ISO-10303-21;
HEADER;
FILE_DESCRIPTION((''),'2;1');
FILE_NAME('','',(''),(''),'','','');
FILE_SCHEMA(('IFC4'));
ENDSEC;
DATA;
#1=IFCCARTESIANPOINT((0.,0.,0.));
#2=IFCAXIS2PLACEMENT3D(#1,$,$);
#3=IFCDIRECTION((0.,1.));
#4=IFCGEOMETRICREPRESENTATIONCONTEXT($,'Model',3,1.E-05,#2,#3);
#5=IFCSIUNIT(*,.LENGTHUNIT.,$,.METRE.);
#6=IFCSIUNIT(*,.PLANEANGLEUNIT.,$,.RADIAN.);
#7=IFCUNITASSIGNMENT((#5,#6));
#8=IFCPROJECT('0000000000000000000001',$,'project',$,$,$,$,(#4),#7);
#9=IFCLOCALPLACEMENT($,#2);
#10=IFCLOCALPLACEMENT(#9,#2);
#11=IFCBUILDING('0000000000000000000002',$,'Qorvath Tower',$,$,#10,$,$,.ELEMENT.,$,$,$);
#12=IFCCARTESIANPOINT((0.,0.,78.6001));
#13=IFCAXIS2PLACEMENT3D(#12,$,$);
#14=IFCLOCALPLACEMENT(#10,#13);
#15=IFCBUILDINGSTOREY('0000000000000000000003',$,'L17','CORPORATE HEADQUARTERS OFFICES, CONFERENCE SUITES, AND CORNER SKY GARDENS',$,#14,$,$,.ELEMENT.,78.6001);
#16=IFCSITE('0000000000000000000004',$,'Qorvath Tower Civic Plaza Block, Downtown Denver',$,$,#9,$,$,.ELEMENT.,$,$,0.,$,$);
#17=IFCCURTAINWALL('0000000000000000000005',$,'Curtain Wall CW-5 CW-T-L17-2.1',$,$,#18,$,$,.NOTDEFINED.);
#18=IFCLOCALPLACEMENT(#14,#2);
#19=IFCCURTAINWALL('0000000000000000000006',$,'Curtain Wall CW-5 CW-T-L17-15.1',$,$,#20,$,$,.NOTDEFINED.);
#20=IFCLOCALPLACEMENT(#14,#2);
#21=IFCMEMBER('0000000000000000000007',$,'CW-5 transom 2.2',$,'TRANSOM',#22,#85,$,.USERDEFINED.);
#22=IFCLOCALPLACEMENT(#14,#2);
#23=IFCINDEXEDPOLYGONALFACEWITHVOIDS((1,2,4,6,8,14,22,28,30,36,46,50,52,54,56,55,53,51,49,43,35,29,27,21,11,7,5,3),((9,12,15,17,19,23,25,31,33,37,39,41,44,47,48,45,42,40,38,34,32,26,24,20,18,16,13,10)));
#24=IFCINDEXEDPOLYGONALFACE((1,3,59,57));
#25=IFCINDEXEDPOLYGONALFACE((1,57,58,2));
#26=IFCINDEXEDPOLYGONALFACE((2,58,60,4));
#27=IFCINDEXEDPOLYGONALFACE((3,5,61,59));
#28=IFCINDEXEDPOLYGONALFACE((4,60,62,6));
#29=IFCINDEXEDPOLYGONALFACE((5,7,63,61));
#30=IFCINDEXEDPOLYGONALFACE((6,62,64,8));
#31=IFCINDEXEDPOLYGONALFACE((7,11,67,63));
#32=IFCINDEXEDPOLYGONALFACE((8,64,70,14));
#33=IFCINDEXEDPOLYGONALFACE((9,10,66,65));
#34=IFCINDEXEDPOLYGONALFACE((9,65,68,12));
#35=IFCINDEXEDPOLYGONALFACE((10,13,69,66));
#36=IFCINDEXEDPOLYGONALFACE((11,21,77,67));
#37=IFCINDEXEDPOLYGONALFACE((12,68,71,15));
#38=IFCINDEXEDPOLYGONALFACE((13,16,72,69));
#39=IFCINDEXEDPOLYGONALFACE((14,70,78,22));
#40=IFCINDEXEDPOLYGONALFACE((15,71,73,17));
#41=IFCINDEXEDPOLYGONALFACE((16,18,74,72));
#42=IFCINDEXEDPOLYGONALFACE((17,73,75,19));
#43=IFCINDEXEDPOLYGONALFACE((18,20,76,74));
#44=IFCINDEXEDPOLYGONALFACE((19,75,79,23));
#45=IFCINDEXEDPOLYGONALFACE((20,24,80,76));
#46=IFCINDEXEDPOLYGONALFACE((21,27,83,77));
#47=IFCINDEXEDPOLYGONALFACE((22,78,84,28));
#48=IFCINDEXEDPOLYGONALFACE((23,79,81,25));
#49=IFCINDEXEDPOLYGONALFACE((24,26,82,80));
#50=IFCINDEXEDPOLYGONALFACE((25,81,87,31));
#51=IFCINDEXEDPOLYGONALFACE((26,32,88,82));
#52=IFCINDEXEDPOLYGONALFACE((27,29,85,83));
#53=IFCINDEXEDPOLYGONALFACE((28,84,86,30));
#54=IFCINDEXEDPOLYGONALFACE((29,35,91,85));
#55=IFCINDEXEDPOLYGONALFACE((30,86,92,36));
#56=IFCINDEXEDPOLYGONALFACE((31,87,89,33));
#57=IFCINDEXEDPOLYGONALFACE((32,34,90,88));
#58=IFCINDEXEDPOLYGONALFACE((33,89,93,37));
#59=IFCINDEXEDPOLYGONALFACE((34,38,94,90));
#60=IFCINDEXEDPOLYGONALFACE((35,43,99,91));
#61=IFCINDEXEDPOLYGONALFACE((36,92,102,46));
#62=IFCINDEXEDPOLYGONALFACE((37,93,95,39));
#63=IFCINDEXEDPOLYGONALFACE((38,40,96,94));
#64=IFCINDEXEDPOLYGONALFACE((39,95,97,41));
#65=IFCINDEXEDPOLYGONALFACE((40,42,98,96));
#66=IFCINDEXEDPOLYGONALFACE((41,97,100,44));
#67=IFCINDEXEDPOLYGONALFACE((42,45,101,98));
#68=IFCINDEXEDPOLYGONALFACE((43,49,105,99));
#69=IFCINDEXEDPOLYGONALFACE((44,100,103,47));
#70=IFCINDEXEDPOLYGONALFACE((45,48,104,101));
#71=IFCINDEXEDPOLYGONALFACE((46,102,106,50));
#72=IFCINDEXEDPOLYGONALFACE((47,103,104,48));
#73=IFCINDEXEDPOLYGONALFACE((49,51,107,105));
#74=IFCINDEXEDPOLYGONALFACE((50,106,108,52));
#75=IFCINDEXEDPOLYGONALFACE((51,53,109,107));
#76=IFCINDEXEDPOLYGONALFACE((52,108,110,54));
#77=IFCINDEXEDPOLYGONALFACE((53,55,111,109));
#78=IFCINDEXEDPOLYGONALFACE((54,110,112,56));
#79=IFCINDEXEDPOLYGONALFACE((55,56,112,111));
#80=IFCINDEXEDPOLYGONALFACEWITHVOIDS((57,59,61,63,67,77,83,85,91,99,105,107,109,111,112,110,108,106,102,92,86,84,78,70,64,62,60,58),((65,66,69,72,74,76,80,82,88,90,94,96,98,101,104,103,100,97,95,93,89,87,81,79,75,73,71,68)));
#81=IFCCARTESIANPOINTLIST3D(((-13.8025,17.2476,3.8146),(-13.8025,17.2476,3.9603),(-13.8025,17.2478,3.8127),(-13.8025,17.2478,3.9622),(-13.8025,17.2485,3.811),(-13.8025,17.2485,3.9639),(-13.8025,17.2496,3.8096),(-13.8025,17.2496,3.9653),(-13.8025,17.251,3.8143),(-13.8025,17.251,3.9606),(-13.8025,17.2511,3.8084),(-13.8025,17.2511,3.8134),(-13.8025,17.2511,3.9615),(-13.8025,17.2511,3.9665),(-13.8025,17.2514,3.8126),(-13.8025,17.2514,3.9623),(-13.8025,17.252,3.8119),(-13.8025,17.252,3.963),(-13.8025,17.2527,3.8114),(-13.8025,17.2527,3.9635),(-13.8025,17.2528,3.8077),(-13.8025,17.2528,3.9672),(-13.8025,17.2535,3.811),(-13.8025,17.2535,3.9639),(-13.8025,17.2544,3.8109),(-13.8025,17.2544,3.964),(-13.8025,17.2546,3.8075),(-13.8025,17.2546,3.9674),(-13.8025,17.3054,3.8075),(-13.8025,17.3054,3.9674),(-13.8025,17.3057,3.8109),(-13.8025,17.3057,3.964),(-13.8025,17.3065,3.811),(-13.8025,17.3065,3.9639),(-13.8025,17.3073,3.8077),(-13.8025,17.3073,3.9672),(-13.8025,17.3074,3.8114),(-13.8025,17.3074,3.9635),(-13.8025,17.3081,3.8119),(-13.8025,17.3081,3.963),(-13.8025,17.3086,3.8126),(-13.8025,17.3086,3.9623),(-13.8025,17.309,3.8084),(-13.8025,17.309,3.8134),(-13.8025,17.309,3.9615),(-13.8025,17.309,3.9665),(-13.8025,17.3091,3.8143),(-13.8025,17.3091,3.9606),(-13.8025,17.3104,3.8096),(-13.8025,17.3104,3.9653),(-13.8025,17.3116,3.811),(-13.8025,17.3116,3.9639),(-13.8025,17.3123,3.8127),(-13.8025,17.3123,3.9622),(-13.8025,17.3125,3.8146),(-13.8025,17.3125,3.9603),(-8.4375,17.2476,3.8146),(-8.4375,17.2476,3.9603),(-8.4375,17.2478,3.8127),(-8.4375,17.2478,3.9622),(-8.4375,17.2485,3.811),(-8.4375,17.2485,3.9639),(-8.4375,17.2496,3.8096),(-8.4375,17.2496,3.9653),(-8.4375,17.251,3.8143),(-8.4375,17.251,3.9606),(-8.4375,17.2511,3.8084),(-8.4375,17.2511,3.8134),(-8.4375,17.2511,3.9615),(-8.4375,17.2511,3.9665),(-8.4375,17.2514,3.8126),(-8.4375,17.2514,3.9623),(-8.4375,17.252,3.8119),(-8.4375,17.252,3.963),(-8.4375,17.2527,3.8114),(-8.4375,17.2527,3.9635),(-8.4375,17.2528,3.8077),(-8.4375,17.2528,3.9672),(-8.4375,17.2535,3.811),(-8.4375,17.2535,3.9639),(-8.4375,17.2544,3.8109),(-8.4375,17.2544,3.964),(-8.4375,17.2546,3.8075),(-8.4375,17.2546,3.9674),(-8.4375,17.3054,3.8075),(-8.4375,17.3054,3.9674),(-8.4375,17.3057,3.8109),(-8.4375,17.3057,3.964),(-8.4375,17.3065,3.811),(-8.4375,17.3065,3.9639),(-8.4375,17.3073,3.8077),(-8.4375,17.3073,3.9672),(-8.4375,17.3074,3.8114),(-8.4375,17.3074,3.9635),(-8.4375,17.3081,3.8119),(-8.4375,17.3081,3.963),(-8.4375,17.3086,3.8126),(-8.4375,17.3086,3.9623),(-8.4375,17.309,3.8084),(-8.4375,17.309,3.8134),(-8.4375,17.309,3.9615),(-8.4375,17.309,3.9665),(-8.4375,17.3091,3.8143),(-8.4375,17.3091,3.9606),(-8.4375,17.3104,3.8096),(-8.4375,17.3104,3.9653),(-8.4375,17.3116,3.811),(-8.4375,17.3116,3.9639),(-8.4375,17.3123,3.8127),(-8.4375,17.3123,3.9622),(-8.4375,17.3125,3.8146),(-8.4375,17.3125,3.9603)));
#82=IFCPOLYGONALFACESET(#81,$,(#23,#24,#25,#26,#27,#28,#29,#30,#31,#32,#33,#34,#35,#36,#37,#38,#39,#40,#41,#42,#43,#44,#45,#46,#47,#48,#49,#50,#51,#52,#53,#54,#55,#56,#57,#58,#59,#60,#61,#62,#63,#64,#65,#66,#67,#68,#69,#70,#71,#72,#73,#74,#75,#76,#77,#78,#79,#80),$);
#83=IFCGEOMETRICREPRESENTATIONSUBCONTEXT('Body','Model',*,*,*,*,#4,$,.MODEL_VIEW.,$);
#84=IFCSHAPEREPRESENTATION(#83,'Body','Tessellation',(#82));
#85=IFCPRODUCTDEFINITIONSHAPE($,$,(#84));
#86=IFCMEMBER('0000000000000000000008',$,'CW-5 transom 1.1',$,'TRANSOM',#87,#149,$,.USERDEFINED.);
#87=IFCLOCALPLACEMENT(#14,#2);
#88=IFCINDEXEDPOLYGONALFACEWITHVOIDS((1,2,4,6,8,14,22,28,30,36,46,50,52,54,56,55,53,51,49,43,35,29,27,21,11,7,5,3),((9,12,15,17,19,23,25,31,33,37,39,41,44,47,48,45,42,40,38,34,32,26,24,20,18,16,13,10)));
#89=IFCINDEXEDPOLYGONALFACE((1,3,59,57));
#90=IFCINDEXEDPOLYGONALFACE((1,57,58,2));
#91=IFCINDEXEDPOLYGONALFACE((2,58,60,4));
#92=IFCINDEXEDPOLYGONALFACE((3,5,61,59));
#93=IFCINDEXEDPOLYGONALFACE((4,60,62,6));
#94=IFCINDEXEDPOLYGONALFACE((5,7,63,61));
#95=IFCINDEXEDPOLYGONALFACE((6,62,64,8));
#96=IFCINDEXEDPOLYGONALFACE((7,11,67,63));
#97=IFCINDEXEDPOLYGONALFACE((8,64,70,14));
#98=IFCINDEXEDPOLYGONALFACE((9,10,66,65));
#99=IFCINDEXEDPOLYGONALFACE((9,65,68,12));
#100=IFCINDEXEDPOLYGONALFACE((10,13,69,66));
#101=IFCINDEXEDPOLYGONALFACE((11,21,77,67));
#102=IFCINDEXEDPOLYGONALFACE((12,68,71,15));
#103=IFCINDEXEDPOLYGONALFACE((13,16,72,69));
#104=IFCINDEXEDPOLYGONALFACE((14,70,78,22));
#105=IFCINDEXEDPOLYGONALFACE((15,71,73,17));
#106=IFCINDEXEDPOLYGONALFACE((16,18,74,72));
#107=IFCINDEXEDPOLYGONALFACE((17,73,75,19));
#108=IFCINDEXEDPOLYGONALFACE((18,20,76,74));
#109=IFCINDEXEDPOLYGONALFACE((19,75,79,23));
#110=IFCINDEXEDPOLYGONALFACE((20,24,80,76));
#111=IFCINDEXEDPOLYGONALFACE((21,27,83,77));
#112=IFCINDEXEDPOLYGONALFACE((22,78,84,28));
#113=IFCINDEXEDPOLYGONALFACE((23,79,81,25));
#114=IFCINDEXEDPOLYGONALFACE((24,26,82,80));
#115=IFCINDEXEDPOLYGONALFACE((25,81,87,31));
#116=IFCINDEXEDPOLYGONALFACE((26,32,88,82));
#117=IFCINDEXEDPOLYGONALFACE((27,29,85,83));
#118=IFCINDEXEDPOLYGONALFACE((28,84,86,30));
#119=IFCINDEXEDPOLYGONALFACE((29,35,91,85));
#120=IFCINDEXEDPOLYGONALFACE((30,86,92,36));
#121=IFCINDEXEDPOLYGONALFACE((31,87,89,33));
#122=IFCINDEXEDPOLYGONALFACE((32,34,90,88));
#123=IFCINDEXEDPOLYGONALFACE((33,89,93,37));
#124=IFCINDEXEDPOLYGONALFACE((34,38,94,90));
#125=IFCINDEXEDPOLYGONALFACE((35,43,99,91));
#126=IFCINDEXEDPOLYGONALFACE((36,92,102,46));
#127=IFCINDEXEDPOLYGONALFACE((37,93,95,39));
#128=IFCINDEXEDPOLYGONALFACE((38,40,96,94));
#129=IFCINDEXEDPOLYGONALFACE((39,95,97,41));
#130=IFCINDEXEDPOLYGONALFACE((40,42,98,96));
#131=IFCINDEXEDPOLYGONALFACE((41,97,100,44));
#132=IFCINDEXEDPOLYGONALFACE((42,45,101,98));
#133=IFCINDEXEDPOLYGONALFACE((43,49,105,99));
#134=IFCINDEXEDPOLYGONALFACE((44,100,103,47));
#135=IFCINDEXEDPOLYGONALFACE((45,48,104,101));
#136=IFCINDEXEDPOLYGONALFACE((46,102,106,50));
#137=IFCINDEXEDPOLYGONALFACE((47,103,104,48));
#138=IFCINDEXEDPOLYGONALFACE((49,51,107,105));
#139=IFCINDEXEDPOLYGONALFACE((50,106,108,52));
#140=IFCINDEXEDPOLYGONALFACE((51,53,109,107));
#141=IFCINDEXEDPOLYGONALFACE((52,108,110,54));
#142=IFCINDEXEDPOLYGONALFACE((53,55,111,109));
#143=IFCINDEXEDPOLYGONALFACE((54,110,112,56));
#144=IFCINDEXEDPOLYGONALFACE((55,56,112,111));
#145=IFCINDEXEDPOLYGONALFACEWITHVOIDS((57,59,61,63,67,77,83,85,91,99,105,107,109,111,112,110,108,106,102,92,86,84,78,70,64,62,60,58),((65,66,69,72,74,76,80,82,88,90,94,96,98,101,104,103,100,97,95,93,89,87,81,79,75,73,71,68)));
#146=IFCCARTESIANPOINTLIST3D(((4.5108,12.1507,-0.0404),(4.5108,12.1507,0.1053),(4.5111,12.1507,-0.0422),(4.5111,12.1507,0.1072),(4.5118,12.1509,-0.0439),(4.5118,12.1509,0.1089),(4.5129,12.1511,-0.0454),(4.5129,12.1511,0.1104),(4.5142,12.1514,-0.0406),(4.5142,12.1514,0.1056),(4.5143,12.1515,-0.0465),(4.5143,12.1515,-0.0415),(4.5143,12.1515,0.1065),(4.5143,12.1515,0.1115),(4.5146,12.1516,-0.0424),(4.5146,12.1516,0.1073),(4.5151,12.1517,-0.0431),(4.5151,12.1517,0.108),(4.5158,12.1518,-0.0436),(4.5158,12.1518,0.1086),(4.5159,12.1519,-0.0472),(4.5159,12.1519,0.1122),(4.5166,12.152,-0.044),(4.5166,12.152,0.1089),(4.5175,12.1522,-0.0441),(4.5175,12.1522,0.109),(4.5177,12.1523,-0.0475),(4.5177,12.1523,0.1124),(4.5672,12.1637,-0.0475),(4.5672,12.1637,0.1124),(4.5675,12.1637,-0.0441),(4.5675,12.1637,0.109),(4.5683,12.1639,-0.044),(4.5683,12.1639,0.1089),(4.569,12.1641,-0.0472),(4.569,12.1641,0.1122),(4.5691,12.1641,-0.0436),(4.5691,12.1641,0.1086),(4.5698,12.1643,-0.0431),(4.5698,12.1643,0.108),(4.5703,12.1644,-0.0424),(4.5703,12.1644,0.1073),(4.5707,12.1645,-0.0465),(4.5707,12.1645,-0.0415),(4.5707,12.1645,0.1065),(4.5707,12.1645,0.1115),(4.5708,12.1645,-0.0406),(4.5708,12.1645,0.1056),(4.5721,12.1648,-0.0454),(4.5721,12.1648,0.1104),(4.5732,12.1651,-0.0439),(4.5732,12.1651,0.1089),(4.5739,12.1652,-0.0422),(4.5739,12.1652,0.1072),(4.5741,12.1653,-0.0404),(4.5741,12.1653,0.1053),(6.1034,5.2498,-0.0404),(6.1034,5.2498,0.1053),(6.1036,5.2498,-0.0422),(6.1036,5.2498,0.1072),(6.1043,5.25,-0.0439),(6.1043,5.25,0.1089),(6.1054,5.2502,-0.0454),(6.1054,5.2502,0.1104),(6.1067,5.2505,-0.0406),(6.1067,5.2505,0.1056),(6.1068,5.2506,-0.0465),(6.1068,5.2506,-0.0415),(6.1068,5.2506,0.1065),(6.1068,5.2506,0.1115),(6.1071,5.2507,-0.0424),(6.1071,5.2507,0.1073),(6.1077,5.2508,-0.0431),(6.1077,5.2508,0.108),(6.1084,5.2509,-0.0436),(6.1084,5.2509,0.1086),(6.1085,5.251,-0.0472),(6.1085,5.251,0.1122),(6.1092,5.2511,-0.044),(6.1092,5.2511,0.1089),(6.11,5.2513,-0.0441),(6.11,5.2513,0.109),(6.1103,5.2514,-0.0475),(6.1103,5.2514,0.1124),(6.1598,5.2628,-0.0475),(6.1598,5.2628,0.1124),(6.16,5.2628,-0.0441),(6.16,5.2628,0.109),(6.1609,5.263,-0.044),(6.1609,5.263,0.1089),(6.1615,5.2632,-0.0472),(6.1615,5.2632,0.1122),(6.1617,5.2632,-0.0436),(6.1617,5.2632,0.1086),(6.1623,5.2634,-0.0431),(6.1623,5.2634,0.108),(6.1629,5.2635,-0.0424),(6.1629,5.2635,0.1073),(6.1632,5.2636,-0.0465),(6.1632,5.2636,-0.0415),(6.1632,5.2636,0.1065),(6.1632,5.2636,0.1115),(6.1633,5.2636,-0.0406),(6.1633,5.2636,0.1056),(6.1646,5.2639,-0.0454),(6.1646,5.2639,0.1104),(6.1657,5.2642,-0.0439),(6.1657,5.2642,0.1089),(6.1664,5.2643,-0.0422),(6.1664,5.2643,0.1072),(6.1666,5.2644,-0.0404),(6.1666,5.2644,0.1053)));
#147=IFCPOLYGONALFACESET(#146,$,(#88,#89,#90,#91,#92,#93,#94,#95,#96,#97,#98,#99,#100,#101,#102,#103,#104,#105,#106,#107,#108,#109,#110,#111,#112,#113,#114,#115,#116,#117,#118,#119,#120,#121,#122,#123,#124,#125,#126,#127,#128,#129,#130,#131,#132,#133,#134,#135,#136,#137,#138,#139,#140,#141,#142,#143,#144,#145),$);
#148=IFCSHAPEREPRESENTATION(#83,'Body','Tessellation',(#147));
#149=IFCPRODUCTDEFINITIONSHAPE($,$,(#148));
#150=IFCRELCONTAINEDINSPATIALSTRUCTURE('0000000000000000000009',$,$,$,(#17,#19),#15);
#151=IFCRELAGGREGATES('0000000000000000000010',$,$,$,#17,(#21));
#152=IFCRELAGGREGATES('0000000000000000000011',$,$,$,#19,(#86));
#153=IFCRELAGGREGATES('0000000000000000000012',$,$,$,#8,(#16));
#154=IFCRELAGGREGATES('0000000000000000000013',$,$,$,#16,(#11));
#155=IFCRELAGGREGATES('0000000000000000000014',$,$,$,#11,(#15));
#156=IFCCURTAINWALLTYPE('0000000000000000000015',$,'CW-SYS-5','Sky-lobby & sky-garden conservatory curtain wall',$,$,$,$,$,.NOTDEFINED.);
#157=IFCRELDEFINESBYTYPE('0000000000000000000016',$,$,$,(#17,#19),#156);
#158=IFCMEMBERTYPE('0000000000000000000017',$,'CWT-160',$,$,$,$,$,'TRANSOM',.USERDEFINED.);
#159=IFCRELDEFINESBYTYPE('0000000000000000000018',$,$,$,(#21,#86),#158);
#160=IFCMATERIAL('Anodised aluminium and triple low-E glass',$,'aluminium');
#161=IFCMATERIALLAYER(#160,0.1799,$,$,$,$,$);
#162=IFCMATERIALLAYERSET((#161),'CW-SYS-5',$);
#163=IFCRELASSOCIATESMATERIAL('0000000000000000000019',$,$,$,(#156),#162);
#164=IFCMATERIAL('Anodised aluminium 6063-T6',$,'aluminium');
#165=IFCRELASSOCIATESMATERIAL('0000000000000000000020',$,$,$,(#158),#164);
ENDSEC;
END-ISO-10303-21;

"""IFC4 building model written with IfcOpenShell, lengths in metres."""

from ifc_helpers import new_model, si_unit, direction, frame, origin, origin_2d, place, context, subcontext, project, spatial, hollow_rectangle, extrude, material, layer, layer_set, material_profile, profile_set, type_object, element, aggregate, save


model = new_model("IFC4")

# Units and contexts
model_context = context("Model", 3, precision=1e-05, world=origin(), true_north=direction((0.0, 1.0)))
body_context = subcontext(model_context, "Body", "Model", "MODEL_VIEW")
ifc_project = project(units=[si_unit("LENGTHUNIT", "METRE"), si_unit("PLANEANGLEUNIT", "RADIAN")], contexts=[model_context])

# Site, building, storey
site_placement = place(None, origin())
site = spatial("IfcSite", under=ifc_project, at=site_placement, Name="Qorvath Tower Civic Plaza Block, Downtown Denver", CompositionType="ELEMENT", RefElevation=0.0)
building_placement = place(site_placement, origin())
building = spatial("IfcBuilding", under=site, at=building_placement, Name="Qorvath Tower", CompositionType="ELEMENT")
storey_placement = place(building_placement, frame((0.0, 0.0, 78.6001)))
storey = spatial("IfcBuildingStorey", under=building, at=storey_placement, Name="L17", Description="CORPORATE HEADQUARTERS OFFICES, CONFERENCE SUITES, AND CORNER SKY GARDENS", CompositionType="ELEMENT", Elevation=78.6001)

# Curtain wall
ifc_material_1 = material(Name="Anodised aluminium and triple low-E glass", Category="aluminium")
ifc_layer_1 = layer(ifc_material_1, 0.1799)
ifc_layer_set_1 = layer_set([ifc_layer_1], Name="CW-SYS-5")
curtain_wall_type = type_object("IfcCurtainWallType", Name="CW-SYS-5", Description="Sky-lobby & sky-garden conservatory curtain wall", PredefinedType="NOTDEFINED", material=ifc_layer_set_1)
curtain_wall_1_placement = place(storey_placement, origin())
curtain_wall_1 = element("IfcCurtainWall", 1, at=curtain_wall_1_placement, inside=storey, type_object=curtain_wall_type, Name="Curtain Wall CW-5 CW-T-L17-2.1", PredefinedType="NOTDEFINED")

# Curtain wall
curtain_wall_2_placement = place(storey_placement, origin())
curtain_wall_2 = element("IfcCurtainWall", 2, at=curtain_wall_2_placement, inside=storey, type_object=curtain_wall_type, Name="Curtain Wall CW-5 CW-T-L17-15.1", PredefinedType="NOTDEFINED")

# Members
ifc_material_2 = material(Name="Anodised aluminium 6063-T6", Category="aluminium")
ifc_material_profile_1 = material_profile(ifc_material_2, hollow_rectangle(XDim=0.0649, YDim=0.1599, WallThickness=0.0034, InnerFilletRadius=0.0034, OuterFilletRadius=0.0071, at=origin_2d()), Name="CWT 160x65")
ifc_profile_set_1 = profile_set([ifc_material_profile_1], Name="Anodised aluminium 6063-T6")
member_type_1 = type_object("IfcMemberType", Name="CWT-160", ElementType="TRANSOM", PredefinedType="USERDEFINED", material=ifc_profile_set_1)
member_1_placement = place(storey_placement, frame((-8.4375, 17.28, 3.8875), z_axis=(-1.0, 0.0, 0.0), x_axis=(0.0, -1.0, 0.0)))
member_1 = element("IfcMember", 3, at=member_1_placement, type_object=member_type_1, Name="CW-5 transom 2.2", ObjectType="TRANSOM", PredefinedType="USERDEFINED", context=body_context, shape_type="SweptSolid", body=[
    extrude(hollow_rectangle(XDim=0.0649, YDim=0.1599, WallThickness=0.0034, InnerFilletRadius=0.0034, OuterFilletRadius=0.0071, at=origin_2d()), origin(), (0.0, 0.0, 1.0), 5.365),
])
member_2_placement = place(storey_placement, frame((6.135, 5.2571, 0.0325), z_axis=(-0.224862, 0.974391, 0.0), x_axis=(-0.974391, -0.224862, 0.0)))
member_2 = element("IfcMember", 4, at=member_2_placement, type_object=member_type_1, Name="CW-5 transom 1.1", ObjectType="TRANSOM", PredefinedType="USERDEFINED", context=body_context, shape_type="SweptSolid", body=[
    extrude(hollow_rectangle(XDim=0.0649, YDim=0.1599, WallThickness=0.0034, InnerFilletRadius=0.0034, OuterFilletRadius=0.0071, at=origin_2d()), origin(), (0.0, 0.0, 1.0), 7.0823),
])

aggregate(curtain_wall_1, [member_1])
aggregate(curtain_wall_2, [member_2])

save(model, "model.ifc")
